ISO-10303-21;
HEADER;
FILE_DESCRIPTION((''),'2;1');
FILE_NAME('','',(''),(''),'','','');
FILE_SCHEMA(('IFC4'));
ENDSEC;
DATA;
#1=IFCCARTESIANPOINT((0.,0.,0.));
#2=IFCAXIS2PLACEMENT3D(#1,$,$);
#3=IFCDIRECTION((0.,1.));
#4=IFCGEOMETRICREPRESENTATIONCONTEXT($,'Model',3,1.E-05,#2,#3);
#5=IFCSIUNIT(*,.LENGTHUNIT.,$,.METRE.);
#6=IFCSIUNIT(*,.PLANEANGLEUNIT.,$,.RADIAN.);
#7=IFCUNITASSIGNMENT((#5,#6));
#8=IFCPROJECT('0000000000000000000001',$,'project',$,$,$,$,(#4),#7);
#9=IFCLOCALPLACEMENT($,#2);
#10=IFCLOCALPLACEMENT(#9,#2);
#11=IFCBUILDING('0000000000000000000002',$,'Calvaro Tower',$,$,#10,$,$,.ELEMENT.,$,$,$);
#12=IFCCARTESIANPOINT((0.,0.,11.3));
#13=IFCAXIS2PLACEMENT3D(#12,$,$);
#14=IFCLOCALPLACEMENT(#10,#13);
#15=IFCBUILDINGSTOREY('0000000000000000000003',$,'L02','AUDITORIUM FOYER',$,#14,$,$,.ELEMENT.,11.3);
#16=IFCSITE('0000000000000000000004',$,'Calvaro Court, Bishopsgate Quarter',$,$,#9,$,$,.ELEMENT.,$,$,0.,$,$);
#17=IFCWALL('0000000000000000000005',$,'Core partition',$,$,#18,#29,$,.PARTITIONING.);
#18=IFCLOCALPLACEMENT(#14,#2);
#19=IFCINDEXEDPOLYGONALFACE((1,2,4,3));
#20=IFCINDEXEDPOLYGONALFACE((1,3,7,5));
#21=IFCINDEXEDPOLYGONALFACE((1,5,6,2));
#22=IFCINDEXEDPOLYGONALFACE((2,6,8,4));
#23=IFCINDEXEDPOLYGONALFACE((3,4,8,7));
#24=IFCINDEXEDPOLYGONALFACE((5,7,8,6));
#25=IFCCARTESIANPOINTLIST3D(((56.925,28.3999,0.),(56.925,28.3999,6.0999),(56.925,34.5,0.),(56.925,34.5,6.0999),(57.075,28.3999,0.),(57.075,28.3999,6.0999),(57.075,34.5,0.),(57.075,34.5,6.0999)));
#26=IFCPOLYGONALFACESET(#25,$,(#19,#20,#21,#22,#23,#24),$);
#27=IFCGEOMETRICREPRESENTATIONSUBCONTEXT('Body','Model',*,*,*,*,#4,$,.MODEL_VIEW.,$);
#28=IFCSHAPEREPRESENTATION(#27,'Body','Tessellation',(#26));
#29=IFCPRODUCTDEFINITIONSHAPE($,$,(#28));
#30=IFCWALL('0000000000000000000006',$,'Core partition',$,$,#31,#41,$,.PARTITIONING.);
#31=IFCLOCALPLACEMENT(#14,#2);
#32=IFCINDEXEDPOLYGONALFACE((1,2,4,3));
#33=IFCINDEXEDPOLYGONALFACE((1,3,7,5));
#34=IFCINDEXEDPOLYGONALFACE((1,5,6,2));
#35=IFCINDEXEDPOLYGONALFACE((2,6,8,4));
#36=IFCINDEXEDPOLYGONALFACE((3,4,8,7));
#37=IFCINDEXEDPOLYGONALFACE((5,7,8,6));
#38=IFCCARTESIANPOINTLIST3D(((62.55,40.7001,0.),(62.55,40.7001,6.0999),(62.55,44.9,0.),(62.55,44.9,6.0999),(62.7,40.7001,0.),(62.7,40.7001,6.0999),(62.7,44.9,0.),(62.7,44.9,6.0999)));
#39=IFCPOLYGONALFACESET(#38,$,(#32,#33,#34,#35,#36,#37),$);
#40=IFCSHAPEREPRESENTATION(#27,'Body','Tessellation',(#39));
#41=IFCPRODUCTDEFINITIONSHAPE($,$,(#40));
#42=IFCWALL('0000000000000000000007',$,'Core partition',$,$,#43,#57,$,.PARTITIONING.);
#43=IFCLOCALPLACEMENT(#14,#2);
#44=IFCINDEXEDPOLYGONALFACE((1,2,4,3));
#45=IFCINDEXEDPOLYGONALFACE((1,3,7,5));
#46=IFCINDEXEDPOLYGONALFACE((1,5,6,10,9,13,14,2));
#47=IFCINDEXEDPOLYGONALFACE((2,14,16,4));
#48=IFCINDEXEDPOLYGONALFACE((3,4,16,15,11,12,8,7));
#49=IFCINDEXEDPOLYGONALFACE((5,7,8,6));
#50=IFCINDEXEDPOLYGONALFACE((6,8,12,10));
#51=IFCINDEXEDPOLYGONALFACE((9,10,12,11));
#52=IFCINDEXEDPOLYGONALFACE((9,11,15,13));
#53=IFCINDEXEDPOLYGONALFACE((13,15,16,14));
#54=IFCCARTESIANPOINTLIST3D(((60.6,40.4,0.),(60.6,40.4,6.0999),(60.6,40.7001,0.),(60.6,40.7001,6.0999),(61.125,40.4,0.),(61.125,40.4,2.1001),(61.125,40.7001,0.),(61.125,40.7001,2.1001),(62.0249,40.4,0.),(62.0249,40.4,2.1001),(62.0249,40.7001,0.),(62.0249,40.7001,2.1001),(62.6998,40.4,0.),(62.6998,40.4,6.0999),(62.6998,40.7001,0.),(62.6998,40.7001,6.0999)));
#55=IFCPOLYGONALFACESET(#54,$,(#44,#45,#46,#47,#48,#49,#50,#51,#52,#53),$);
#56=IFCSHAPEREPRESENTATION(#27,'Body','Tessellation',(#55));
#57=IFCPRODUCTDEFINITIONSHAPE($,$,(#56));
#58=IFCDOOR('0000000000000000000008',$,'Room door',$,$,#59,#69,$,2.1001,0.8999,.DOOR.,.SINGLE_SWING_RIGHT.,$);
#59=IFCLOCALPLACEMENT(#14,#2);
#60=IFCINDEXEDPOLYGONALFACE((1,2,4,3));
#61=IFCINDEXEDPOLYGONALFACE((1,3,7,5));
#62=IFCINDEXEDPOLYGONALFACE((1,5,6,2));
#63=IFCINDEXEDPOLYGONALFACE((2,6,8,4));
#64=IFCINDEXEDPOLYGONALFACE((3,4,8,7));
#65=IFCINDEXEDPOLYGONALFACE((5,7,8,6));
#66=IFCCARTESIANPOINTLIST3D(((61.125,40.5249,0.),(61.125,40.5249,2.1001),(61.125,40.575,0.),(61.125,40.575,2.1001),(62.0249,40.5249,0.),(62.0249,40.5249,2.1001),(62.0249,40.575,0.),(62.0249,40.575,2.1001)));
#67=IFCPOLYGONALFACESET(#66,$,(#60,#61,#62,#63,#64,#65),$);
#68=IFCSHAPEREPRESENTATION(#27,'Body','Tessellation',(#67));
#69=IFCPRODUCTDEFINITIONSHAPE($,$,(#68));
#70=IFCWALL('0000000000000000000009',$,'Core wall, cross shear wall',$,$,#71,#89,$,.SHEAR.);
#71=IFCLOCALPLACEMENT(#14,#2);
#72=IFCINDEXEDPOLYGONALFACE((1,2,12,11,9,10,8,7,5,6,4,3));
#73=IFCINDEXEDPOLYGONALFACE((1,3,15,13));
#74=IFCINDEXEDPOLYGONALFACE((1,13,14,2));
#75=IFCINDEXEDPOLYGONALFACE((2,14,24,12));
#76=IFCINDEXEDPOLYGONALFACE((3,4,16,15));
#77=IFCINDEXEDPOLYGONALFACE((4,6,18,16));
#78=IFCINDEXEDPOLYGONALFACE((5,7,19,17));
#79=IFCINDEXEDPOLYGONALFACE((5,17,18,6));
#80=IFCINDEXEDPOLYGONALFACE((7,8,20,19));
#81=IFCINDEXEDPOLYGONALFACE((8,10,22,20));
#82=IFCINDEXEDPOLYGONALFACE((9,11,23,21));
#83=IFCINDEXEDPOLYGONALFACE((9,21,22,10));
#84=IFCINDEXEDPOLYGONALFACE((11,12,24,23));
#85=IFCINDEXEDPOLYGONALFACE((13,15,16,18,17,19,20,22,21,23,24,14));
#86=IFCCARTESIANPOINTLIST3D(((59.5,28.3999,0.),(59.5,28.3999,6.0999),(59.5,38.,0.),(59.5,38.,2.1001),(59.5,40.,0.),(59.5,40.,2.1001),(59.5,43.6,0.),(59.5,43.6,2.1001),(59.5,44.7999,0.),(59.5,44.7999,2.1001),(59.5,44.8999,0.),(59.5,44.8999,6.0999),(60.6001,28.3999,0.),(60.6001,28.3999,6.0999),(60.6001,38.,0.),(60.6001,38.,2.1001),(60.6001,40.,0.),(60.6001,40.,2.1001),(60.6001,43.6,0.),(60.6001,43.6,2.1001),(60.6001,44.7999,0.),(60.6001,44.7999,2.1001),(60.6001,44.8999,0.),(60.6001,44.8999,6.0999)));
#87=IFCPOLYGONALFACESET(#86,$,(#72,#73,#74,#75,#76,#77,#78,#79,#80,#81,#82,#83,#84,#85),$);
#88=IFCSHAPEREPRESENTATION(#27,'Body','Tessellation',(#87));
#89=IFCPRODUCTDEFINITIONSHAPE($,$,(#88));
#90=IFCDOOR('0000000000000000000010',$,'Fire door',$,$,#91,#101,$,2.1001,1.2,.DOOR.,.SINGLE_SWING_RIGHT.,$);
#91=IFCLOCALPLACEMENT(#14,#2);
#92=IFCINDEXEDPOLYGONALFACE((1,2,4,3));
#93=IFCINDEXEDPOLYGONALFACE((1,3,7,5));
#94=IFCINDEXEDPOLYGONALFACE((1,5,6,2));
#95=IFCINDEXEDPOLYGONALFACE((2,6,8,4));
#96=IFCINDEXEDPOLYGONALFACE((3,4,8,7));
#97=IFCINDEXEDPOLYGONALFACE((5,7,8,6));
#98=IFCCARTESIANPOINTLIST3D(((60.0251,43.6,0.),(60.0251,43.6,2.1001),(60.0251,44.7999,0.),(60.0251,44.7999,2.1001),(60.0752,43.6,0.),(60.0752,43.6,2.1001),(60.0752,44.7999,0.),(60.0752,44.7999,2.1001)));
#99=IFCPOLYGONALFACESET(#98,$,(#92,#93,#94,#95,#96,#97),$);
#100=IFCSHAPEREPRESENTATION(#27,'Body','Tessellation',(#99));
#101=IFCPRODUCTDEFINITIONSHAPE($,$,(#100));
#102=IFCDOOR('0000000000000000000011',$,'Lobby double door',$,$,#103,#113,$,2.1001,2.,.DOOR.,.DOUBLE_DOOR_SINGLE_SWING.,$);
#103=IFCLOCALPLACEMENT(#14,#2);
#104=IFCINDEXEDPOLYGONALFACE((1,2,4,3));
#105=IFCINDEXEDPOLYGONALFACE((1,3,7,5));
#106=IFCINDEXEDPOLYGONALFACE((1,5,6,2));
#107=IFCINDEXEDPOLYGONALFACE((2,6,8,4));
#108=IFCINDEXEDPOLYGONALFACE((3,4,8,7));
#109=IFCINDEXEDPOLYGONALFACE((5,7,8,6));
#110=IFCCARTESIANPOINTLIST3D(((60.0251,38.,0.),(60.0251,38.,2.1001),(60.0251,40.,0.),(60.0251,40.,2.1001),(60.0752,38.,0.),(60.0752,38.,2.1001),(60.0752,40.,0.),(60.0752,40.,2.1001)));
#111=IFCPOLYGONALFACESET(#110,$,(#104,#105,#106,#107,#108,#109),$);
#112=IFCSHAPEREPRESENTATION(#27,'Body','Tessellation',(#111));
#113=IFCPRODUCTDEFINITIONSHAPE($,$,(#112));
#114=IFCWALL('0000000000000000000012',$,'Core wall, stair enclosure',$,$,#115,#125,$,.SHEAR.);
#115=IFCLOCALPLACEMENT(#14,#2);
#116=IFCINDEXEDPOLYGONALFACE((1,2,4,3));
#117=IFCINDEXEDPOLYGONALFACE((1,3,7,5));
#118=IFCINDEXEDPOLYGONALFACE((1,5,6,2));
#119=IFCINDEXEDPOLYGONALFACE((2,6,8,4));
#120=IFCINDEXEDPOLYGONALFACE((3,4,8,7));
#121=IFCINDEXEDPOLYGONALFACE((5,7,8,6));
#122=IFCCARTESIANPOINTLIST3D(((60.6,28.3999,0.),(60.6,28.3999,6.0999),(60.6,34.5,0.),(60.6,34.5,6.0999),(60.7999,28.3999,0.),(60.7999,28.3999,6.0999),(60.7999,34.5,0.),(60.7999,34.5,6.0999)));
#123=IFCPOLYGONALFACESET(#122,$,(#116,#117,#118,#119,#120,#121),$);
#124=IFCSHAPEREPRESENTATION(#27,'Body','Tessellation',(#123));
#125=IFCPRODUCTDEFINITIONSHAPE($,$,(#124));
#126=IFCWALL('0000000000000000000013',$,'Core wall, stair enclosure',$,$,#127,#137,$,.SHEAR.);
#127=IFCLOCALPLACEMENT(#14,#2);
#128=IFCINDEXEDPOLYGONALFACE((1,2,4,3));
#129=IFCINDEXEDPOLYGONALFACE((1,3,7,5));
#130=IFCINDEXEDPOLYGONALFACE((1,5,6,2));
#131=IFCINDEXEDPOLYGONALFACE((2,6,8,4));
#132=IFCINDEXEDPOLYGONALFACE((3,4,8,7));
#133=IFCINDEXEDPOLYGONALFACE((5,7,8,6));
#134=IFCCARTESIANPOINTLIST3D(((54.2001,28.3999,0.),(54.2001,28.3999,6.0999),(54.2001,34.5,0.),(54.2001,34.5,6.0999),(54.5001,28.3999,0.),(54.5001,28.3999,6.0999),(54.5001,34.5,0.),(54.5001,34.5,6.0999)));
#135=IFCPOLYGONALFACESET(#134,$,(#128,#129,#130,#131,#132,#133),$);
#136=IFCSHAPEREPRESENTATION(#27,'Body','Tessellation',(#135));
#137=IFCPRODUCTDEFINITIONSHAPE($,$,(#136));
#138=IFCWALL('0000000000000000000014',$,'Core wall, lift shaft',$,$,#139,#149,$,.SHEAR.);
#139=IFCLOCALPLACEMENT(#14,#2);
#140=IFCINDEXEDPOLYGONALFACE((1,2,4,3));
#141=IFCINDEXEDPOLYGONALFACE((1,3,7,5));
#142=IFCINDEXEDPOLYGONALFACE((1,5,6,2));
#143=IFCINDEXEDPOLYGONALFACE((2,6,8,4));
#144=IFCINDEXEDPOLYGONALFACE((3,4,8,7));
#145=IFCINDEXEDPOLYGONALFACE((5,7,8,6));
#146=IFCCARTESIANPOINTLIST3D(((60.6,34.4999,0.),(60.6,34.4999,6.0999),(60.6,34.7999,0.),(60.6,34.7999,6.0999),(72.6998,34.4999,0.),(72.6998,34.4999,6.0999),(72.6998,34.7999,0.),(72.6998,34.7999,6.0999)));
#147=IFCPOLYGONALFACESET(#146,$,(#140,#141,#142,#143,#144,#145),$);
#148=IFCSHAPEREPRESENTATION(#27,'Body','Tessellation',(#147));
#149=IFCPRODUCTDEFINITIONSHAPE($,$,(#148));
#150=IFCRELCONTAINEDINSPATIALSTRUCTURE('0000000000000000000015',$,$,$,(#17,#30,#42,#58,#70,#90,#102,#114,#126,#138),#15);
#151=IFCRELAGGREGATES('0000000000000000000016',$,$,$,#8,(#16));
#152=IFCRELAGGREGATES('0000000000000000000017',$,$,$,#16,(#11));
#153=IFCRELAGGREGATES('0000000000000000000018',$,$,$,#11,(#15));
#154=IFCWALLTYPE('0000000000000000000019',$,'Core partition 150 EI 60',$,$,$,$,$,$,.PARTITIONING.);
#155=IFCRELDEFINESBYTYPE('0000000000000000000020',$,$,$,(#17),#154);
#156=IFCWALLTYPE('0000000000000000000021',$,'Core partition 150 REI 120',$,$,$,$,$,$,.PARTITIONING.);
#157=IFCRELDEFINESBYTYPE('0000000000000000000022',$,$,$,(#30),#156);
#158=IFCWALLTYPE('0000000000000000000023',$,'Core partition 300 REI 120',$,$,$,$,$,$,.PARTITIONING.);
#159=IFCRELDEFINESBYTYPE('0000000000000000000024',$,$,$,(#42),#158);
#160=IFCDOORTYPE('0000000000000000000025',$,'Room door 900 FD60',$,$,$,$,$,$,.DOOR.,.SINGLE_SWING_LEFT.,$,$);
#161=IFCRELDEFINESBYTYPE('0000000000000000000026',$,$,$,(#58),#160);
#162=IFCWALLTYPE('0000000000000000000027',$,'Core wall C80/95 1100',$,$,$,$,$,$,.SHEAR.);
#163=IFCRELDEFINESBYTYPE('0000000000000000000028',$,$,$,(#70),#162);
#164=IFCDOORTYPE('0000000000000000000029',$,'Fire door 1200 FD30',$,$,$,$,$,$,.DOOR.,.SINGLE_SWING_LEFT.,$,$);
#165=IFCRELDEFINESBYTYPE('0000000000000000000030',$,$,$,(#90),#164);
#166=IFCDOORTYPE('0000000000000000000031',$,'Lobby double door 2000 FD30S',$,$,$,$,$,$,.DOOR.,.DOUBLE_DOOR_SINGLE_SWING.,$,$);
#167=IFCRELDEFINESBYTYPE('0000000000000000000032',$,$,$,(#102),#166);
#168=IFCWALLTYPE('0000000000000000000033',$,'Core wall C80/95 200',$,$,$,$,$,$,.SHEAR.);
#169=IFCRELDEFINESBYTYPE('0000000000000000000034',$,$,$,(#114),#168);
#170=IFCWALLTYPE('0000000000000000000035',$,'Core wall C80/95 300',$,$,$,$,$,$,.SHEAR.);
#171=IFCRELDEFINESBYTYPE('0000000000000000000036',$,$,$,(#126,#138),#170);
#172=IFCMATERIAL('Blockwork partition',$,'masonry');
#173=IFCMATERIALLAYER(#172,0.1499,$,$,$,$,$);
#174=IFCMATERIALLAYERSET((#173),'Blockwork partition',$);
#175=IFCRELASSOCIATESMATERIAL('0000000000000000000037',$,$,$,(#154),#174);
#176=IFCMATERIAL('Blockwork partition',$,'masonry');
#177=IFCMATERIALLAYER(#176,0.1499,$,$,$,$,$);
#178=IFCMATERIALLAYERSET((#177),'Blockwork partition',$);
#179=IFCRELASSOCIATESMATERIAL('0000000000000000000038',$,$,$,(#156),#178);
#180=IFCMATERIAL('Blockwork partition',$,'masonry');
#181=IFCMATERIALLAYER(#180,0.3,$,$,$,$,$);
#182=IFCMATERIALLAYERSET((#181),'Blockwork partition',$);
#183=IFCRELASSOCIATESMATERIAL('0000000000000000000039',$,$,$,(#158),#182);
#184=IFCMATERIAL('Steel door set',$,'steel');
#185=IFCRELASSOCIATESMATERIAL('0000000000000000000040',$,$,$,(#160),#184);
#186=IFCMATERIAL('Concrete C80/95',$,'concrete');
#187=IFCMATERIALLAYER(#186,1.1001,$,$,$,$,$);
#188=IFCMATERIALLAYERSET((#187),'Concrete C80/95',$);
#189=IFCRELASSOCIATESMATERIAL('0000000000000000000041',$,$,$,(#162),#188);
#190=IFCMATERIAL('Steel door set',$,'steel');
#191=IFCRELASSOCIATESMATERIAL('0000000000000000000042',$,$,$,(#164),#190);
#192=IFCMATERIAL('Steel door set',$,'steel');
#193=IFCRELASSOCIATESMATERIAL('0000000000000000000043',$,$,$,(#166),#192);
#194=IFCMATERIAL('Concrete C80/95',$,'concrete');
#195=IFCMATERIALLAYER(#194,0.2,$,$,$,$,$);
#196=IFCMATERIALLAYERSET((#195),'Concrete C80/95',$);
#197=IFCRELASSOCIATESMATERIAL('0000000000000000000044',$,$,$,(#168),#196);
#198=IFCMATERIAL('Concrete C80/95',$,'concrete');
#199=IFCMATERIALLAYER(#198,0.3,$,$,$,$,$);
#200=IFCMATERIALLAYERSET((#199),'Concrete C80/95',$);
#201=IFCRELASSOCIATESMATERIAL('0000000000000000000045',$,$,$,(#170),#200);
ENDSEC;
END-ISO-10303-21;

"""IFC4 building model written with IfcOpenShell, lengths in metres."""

from ifc_helpers import new_model, si_unit, direction, frame, frame_2d, origin, place, context, subcontext, project, spatial, rectangle, extrude, material, layer, layer_set, type_object, element, fill, save


model = new_model("IFC4")

# Units and contexts
model_context = context("Model", 3, precision=1e-05, world=origin(), true_north=direction((0.0, 1.0)))
body_context = subcontext(model_context, "Body", "Model", "MODEL_VIEW")
ifc_project = project(units=[si_unit("LENGTHUNIT", "METRE"), si_unit("PLANEANGLEUNIT", "RADIAN")], contexts=[model_context])

# Site, building, storey
site_placement = place(None, origin())
site = spatial("IfcSite", under=ifc_project, at=site_placement, Name="Calvaro Court, Bishopsgate Quarter", CompositionType="ELEMENT", RefElevation=0.0)
building_placement = place(site_placement, origin())
building = spatial("IfcBuilding", under=site, at=building_placement, Name="Calvaro Tower", CompositionType="ELEMENT")
storey_placement = place(building_placement, frame((0.0, 0.0, 11.3)))
storey = spatial("IfcBuildingStorey", under=building, at=storey_placement, Name="L02", Description="AUDITORIUM FOYER", CompositionType="ELEMENT", Elevation=11.3)

# Walls
ifc_material_1 = material(Name="Blockwork partition", Category="masonry")
ifc_layer_1 = layer(ifc_material_1, 0.1499)
ifc_layer_set_1 = layer_set([ifc_layer_1], Name="Blockwork partition")
wall_type_1 = type_object("IfcWallType", Name="Core partition 150 EI 60", PredefinedType="PARTITIONING", material=ifc_layer_set_1)
wall_1_placement = place(storey_placement, frame((57.0, 28.3999, 0.0), z_axis=(0.0, 0.0, 1.0), x_axis=(0.0, 1.0, 0.0)))
element("IfcWall", 1, at=wall_1_placement, inside=storey, type_object=wall_type_1, Name="Core partition", PredefinedType="PARTITIONING", context=body_context, shape_type="SweptSolid", body=[
    extrude(rectangle(XDim=6.1001, YDim=0.1499, at=frame_2d((3.05, 0.0))), origin(), (0.0, 0.0, 1.0), 6.0999),
])
ifc_material_2 = material(Name="Blockwork partition", Category="masonry")
ifc_layer_2 = layer(ifc_material_2, 0.1499)
ifc_layer_set_2 = layer_set([ifc_layer_2], Name="Blockwork partition")
wall_type_2 = type_object("IfcWallType", Name="Core partition 150 REI 120", PredefinedType="PARTITIONING", material=ifc_layer_set_2)
wall_2_placement = place(storey_placement, frame((62.625, 40.7, 0.0), z_axis=(0.0, 0.0, 1.0), x_axis=(0.0, 1.0, 0.0)))
element("IfcWall", 2, at=wall_2_placement, inside=storey, type_object=wall_type_2, Name="Core partition", PredefinedType="PARTITIONING", context=body_context, shape_type="SweptSolid", body=[
    extrude(rectangle(XDim=4.2, YDim=0.1499, at=frame_2d((2.1001, 0.0))), origin(), (0.0, 0.0, 1.0), 6.0999),
])

# Wall, opening, door
ifc_material_3 = material(Name="Blockwork partition", Category="masonry")
ifc_layer_3 = layer(ifc_material_3, 0.3)
ifc_layer_set_3 = layer_set([ifc_layer_3], Name="Blockwork partition")
wall_type_3 = type_object("IfcWallType", Name="Core partition 300 REI 120", PredefinedType="PARTITIONING", material=ifc_layer_set_3)
wall_3_placement = place(storey_placement, frame((60.6001, 40.55, 0.0), z_axis=(0.0, 0.0, 1.0), x_axis=(1.0, 0.0, 0.0)))
wall_3 = element("IfcWall", 3, at=wall_3_placement, inside=storey, type_object=wall_type_3, Name="Core partition", PredefinedType="PARTITIONING", context=body_context, shape_type="SweptSolid", body=[
    extrude(rectangle(XDim=2.0999, YDim=0.3, at=frame_2d((1.0498, 0.0))), origin(), (0.0, 0.0, 1.0), 6.0999),
])
opening_1_placement = place(wall_3_placement, frame((0.5249, 0.0, 0.0)))
opening_1 = element("IfcOpeningElement", 4, at=opening_1_placement, cuts=wall_3, PredefinedType="OPENING", context=body_context, shape_type="SweptSolid", body=[
    extrude(rectangle(XDim=0.8999, YDim=2.1001, at=frame_2d((0.45, 1.05))), frame((0.0, 0.1599, 0.0), z_axis=(0.0, -1.0, 0.0), x_axis=(1.0, 0.0, 0.0)), (0.0, 0.0, 1.0), 0.3201),
])
ifc_material_4 = material(Name="Steel door set", Category="steel")
door_type_1 = type_object("IfcDoorType", Name="Room door 900 FD60", OperationType="SINGLE_SWING_LEFT", PredefinedType="DOOR", material=ifc_material_4)
door_1_placement = place(opening_1_placement, origin())
door_1 = element("IfcDoor", 5, at=door_1_placement, inside=storey, type_object=door_type_1, Name="Room door", OperationType="SINGLE_SWING_RIGHT", OverallHeight=2.1001, OverallWidth=0.8999, PredefinedType="DOOR", context=body_context, shape_type="SweptSolid", body=[
    extrude(rectangle(XDim=0.8999, YDim=2.1001, at=frame_2d((0.45, 1.05))), frame((0.0, 0.0249, 0.0), z_axis=(0.0, -1.0, 0.0), x_axis=(1.0, 0.0, 0.0)), (0.0, 0.0, 1.0), 0.05),
])
fill(opening_1, door_1)

# Wall, openings, doors
ifc_material_5 = material(Name="Concrete C80/95", Category="concrete")
ifc_layer_4 = layer(ifc_material_5, 1.1001)
ifc_layer_set_4 = layer_set([ifc_layer_4], Name="Concrete C80/95")
wall_type_4 = type_object("IfcWallType", Name="Core wall C80/95 1100", PredefinedType="SHEAR", material=ifc_layer_set_4)
wall_4_placement = place(storey_placement, frame((60.05, 28.3999, 0.0), z_axis=(0.0, 0.0, 1.0), x_axis=(0.0, 1.0, 0.0)))
wall_4 = element("IfcWall", 6, at=wall_4_placement, inside=storey, type_object=wall_type_4, Name="Core wall, cross shear wall", PredefinedType="SHEAR", context=body_context, shape_type="SweptSolid", body=[
    extrude(rectangle(XDim=16.5, YDim=1.1001, at=frame_2d((8.25, 0.0))), origin(), (0.0, 0.0, 1.0), 6.0999),
])
opening_2_placement = place(wall_4_placement, frame((9.6001, 0.0, 0.0)))
opening_2 = element("IfcOpeningElement", 7, at=opening_2_placement, cuts=wall_4, PredefinedType="OPENING", context=body_context, shape_type="SweptSolid", body=[
    extrude(rectangle(XDim=2.0, YDim=2.1001, at=frame_2d((1.0, 1.05))), frame((0.0, 0.5601, 0.0), z_axis=(0.0, -1.0, 0.0), x_axis=(1.0, 0.0, 0.0)), (0.0, 0.0, 1.0), 1.1201),
])
opening_3_placement = place(wall_4_placement, frame((15.2, 0.0, 0.0)))
opening_3 = element("IfcOpeningElement", 8, at=opening_3_placement, cuts=wall_4, PredefinedType="OPENING", context=body_context, shape_type="SweptSolid", body=[
    extrude(rectangle(XDim=1.2, YDim=2.1001, at=frame_2d((0.6001, 1.05))), frame((0.0, 0.5601, 0.0), z_axis=(0.0, -1.0, 0.0), x_axis=(1.0, 0.0, 0.0)), (0.0, 0.0, 1.0), 1.1201),
])
ifc_material_6 = material(Name="Steel door set", Category="steel")
door_type_2 = type_object("IfcDoorType", Name="Fire door 1200 FD30", OperationType="SINGLE_SWING_LEFT", PredefinedType="DOOR", material=ifc_material_6)
door_2_placement = place(opening_3_placement, origin())
door_2 = element("IfcDoor", 9, at=door_2_placement, inside=storey, type_object=door_type_2, Name="Fire door", OperationType="SINGLE_SWING_RIGHT", OverallHeight=2.1001, OverallWidth=1.2, PredefinedType="DOOR", context=body_context, shape_type="SweptSolid", body=[
    extrude(rectangle(XDim=1.2, YDim=2.1001, at=frame_2d((0.6001, 1.05))), frame((0.0, 0.0249, 0.0), z_axis=(0.0, -1.0, 0.0), x_axis=(1.0, 0.0, 0.0)), (0.0, 0.0, 1.0), 0.05),
])
fill(opening_3, door_2)
ifc_material_7 = material(Name="Steel door set", Category="steel")
door_type_3 = type_object("IfcDoorType", Name="Lobby double door 2000 FD30S", OperationType="DOUBLE_DOOR_SINGLE_SWING", PredefinedType="DOOR", material=ifc_material_7)
door_3_placement = place(opening_2_placement, origin())
door_3 = element("IfcDoor", 10, at=door_3_placement, inside=storey, type_object=door_type_3, Name="Lobby double door", OperationType="DOUBLE_DOOR_SINGLE_SWING", OverallHeight=2.1001, OverallWidth=2.0, PredefinedType="DOOR", context=body_context, shape_type="SweptSolid", body=[
    extrude(rectangle(XDim=2.0, YDim=2.1001, at=frame_2d((1.0, 1.05))), frame((0.0, 0.0249, 0.0), z_axis=(0.0, -1.0, 0.0), x_axis=(1.0, 0.0, 0.0)), (0.0, 0.0, 1.0), 0.05),
])
fill(opening_2, door_3)

# Walls
ifc_material_8 = material(Name="Concrete C80/95", Category="concrete")
ifc_layer_5 = layer(ifc_material_8, 0.2)
ifc_layer_set_5 = layer_set([ifc_layer_5], Name="Concrete C80/95")
wall_type_5 = type_object("IfcWallType", Name="Core wall C80/95 200", PredefinedType="SHEAR", material=ifc_layer_set_5)
wall_5_placement = place(storey_placement, frame((60.7, 28.3999, 0.0), z_axis=(0.0, 0.0, 1.0), x_axis=(0.0, 1.0, 0.0)))
element("IfcWall", 11, at=wall_5_placement, inside=storey, type_object=wall_type_5, Name="Core wall, stair enclosure", PredefinedType="SHEAR", context=body_context, shape_type="SweptSolid", body=[
    extrude(rectangle(XDim=6.1001, YDim=0.2, at=frame_2d((3.05, 0.0))), origin(), (0.0, 0.0, 1.0), 6.0999),
])
ifc_material_9 = material(Name="Concrete C80/95", Category="concrete")
ifc_layer_6 = layer(ifc_material_9, 0.3)
ifc_layer_set_6 = layer_set([ifc_layer_6], Name="Concrete C80/95")
wall_type_6 = type_object("IfcWallType", Name="Core wall C80/95 300", PredefinedType="SHEAR", material=ifc_layer_set_6)
wall_6_placement = place(storey_placement, frame((54.3501, 28.3999, 0.0), z_axis=(0.0, 0.0, 1.0), x_axis=(0.0, 1.0, 0.0)))
element("IfcWall", 12, at=wall_6_placement, inside=storey, type_object=wall_type_6, Name="Core wall, stair enclosure", PredefinedType="SHEAR", context=body_context, shape_type="SweptSolid", body=[
    extrude(rectangle(XDim=6.1001, YDim=0.3, at=frame_2d((3.05, 0.0))), origin(), (0.0, 0.0, 1.0), 6.0999),
])
wall_7_placement = place(storey_placement, frame((60.6001, 34.6499, 0.0), z_axis=(0.0, 0.0, 1.0), x_axis=(1.0, 0.0, 0.0)))
element("IfcWall", 13, at=wall_7_placement, inside=storey, type_object=wall_type_6, Name="Core wall, lift shaft", PredefinedType="SHEAR", context=body_context, shape_type="SweptSolid", body=[
    extrude(rectangle(XDim=12.0999, YDim=0.3, at=frame_2d((6.0498, 0.0))), origin(), (0.0, 0.0, 1.0), 6.0999),
])

save(model, "model.ifc")
